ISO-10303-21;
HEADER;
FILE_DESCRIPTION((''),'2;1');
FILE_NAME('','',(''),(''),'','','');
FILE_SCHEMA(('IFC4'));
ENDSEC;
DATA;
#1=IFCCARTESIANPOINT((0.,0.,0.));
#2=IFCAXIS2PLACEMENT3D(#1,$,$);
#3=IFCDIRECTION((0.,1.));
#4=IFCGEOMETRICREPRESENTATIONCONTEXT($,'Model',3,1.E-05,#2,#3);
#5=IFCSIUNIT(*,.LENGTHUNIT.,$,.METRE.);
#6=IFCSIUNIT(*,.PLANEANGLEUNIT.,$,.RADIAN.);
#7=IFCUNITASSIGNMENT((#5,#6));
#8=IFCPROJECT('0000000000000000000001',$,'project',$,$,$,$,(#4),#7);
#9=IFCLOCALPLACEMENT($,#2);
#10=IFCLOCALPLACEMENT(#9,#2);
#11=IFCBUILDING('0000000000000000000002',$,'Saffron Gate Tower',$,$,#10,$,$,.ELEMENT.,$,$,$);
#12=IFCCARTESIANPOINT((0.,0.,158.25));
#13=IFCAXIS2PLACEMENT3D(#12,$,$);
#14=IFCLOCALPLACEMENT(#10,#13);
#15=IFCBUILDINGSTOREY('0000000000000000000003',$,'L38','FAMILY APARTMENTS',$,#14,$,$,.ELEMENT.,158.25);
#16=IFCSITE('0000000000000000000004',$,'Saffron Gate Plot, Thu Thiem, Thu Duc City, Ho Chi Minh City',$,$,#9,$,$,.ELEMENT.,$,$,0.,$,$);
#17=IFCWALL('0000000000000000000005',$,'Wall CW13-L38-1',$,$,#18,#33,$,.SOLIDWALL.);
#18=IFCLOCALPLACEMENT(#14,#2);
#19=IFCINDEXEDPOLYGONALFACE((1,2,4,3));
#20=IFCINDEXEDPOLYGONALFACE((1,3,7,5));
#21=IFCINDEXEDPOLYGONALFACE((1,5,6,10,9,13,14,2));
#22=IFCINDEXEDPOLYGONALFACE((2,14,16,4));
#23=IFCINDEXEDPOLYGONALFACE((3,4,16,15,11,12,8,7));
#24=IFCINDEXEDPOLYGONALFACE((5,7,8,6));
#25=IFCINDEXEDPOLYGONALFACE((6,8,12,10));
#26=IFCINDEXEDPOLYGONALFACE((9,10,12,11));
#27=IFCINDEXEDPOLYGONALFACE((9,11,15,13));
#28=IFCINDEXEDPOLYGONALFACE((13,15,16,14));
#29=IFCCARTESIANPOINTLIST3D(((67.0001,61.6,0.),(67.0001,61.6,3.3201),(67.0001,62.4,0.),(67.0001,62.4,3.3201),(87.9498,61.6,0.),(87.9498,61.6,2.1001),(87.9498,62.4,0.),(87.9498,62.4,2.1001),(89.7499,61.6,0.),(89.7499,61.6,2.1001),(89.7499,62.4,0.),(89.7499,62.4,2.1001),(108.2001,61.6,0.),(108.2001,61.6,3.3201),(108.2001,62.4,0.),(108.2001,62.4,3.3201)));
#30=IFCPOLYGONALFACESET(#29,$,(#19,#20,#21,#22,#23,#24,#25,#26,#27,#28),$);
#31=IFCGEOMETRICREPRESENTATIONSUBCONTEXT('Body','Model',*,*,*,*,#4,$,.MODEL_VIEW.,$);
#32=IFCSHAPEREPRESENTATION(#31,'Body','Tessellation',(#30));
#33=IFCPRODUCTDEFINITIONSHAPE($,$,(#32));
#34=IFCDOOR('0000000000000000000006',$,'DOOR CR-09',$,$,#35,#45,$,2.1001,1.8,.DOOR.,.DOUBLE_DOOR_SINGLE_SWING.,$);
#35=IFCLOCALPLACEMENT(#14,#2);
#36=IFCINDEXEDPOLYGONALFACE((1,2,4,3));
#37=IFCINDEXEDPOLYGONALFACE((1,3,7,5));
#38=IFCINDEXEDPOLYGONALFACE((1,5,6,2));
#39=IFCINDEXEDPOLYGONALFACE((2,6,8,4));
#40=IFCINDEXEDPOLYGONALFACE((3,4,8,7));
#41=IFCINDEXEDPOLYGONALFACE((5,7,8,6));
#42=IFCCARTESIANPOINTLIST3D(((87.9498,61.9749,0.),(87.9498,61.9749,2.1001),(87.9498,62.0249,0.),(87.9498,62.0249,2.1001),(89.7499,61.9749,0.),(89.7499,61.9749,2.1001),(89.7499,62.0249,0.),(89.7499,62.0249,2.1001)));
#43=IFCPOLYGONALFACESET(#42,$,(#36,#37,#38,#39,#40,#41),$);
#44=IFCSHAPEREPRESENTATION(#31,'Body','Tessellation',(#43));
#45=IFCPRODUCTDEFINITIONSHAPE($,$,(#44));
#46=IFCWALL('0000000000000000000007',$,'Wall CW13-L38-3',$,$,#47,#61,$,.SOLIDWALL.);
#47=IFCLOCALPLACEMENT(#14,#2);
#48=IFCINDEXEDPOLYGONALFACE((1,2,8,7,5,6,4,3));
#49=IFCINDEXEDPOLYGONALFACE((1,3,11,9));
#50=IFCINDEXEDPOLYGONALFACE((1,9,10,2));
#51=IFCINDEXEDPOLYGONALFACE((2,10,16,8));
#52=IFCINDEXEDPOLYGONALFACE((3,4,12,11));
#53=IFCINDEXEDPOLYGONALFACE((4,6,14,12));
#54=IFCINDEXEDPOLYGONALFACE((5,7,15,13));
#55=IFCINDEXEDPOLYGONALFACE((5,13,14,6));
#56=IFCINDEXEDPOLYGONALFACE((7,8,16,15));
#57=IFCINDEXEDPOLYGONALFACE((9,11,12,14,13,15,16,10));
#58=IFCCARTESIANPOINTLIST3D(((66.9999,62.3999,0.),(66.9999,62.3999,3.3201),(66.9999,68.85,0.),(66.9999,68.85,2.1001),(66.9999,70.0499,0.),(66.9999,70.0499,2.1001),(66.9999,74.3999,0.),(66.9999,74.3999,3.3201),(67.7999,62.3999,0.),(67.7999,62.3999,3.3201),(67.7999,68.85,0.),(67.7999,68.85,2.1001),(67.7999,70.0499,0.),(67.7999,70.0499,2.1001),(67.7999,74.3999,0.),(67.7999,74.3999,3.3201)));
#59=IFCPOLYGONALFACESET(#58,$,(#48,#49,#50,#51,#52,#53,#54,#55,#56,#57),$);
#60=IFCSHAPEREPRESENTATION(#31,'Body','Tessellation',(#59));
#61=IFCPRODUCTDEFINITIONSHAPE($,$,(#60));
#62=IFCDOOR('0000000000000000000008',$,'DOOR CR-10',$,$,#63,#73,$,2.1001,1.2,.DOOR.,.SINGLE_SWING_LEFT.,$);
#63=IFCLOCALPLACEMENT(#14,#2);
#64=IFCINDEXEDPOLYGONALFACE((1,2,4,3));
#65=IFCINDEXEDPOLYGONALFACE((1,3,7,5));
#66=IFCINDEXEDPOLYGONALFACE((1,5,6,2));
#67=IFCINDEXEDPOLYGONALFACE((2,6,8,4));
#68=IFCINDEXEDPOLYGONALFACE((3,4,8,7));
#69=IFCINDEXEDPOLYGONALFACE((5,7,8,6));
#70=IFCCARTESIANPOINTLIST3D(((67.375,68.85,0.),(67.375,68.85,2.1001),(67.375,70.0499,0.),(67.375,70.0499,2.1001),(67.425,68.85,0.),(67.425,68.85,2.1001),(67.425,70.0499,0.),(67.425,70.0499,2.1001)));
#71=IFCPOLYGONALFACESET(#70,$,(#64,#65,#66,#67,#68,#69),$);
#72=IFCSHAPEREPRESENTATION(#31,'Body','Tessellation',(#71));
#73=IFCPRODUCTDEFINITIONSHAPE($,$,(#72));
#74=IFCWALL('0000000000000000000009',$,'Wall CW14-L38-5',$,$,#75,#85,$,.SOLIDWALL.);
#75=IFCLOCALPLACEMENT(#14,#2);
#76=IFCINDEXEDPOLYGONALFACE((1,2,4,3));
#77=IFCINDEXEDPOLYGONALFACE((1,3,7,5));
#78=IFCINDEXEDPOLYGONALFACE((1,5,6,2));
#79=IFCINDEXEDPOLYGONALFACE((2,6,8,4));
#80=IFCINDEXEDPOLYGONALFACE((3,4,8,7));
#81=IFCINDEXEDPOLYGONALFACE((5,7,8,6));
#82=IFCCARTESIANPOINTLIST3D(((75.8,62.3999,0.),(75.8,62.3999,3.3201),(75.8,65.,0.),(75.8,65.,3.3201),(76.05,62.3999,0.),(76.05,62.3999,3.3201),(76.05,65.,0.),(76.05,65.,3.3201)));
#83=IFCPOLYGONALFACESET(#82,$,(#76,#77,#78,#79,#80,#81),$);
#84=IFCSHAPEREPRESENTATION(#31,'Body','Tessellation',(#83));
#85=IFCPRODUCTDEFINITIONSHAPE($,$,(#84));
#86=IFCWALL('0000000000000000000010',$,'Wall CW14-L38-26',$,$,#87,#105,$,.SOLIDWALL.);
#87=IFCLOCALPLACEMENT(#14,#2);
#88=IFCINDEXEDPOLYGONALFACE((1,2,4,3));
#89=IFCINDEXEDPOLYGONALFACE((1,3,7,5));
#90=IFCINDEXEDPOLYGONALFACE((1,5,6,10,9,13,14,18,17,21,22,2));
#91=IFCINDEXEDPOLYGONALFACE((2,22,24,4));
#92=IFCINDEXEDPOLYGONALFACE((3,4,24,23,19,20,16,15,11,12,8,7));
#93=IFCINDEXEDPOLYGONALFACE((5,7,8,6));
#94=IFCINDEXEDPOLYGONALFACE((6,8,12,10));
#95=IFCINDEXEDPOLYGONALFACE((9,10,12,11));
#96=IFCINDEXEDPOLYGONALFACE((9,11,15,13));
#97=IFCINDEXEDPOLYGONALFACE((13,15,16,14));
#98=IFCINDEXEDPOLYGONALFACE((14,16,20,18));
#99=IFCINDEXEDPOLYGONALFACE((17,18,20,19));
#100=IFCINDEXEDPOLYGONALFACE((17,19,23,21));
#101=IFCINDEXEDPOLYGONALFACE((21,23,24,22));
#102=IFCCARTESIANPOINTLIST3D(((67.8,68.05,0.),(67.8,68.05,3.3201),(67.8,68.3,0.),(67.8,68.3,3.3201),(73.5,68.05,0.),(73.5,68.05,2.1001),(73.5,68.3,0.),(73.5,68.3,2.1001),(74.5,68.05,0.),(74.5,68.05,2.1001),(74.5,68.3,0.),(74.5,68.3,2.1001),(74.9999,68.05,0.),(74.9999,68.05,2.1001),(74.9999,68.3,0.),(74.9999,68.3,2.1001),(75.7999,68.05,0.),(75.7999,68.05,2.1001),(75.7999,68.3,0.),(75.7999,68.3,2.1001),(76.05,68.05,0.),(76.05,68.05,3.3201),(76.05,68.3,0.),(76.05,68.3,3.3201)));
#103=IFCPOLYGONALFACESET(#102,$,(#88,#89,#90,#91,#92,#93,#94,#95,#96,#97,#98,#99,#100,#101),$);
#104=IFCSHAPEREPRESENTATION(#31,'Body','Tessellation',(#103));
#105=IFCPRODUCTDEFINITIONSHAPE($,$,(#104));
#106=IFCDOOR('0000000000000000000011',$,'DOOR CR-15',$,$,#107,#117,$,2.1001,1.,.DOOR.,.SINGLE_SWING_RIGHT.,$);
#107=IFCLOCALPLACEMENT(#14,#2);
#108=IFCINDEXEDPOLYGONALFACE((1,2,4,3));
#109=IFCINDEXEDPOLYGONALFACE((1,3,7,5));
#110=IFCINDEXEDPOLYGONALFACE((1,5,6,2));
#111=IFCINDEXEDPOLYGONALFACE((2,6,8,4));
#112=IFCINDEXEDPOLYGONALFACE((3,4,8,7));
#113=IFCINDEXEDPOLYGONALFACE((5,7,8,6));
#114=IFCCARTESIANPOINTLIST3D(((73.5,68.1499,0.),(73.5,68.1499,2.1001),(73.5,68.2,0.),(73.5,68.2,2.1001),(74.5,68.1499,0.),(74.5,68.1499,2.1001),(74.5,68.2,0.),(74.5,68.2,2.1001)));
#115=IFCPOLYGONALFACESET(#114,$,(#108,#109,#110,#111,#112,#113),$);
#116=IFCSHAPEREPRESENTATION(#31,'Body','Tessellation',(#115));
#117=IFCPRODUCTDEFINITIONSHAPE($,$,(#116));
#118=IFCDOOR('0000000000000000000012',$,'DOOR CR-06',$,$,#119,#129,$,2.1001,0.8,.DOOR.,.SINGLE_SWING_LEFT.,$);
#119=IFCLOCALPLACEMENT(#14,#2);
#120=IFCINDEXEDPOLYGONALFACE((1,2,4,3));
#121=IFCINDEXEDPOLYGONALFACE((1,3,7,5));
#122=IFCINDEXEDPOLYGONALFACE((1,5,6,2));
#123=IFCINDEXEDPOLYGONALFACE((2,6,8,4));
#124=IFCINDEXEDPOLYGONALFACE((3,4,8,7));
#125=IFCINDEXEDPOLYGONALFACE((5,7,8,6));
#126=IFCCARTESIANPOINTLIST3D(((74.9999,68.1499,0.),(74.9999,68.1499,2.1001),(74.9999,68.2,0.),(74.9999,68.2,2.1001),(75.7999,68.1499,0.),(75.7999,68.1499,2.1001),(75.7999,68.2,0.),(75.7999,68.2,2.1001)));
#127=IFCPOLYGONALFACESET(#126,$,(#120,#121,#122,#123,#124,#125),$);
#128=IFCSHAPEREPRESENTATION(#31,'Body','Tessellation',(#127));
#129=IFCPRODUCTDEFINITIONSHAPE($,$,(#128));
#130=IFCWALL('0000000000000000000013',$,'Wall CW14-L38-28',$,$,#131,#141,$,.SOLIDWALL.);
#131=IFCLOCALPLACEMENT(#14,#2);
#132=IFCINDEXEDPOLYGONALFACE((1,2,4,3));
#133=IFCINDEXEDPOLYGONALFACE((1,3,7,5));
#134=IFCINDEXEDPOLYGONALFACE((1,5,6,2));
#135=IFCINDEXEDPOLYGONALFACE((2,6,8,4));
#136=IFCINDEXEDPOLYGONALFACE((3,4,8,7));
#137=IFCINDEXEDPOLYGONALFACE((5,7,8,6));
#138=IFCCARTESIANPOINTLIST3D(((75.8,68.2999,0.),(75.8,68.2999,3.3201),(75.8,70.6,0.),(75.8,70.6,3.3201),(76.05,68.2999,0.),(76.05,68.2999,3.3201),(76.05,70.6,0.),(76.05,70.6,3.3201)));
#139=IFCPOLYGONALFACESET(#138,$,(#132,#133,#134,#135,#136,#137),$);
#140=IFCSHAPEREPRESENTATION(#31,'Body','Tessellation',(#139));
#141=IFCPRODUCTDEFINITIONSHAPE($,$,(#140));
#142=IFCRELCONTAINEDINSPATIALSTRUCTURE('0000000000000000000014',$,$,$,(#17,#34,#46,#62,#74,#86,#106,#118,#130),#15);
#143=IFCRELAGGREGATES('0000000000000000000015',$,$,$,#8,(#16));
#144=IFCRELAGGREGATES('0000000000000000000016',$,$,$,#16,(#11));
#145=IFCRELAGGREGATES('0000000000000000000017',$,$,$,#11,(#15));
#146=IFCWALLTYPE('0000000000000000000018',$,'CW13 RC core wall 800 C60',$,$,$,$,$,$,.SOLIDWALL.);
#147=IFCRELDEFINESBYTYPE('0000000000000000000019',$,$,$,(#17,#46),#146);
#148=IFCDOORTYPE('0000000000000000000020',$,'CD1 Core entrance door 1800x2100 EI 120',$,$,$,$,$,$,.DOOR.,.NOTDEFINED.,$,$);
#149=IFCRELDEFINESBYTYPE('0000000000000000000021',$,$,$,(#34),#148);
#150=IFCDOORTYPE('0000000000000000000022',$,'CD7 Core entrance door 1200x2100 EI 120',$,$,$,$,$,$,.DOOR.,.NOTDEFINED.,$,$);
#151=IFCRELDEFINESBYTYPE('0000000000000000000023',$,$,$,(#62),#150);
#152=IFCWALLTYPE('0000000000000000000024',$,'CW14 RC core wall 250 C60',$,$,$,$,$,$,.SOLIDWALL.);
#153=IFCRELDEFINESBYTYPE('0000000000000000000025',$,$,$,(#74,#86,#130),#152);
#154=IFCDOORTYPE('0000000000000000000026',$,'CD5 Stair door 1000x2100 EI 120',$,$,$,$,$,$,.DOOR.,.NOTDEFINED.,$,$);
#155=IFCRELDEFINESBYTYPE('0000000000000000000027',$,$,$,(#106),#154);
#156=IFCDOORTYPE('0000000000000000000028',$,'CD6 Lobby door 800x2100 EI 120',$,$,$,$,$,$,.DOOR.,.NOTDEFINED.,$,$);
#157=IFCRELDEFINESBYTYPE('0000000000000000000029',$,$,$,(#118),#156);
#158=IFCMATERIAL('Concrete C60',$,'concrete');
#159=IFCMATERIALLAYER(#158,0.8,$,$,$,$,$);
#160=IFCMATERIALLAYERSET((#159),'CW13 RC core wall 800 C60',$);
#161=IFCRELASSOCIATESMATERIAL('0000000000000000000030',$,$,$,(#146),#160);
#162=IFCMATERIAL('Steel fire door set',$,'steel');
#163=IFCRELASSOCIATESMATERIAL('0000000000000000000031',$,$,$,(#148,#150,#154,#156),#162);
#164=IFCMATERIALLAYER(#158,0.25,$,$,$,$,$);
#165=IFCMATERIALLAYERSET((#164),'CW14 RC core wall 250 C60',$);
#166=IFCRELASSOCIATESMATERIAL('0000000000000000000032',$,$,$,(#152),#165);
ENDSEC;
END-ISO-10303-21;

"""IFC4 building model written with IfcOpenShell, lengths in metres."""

from ifc_helpers import new_model, si_unit, direction, frame, frame_2d, origin, place, context, subcontext, project, spatial, rectangle, extrude, material, layer, layer_set, type_object, element, fill, save


model = new_model("IFC4")

# Units and contexts
model_context = context("Model", 3, precision=1e-05, world=origin(), true_north=direction((0.0, 1.0)))
body_context = subcontext(model_context, "Body", "Model", "MODEL_VIEW")
ifc_project = project(units=[si_unit("LENGTHUNIT", "METRE"), si_unit("PLANEANGLEUNIT", "RADIAN")], contexts=[model_context])

# Site, building, storey
site_placement = place(None, origin())
site = spatial("IfcSite", under=ifc_project, at=site_placement, Name="Saffron Gate Plot, Thu Thiem, Thu Duc City, Ho Chi Minh City", CompositionType="ELEMENT", RefElevation=0.0)
building_placement = place(site_placement, origin())
building = spatial("IfcBuilding", under=site, at=building_placement, Name="Saffron Gate Tower", CompositionType="ELEMENT")
storey_placement = place(building_placement, frame((0.0, 0.0, 158.25)))
storey = spatial("IfcBuildingStorey", under=building, at=storey_placement, Name="L38", Description="FAMILY APARTMENTS", CompositionType="ELEMENT", Elevation=158.25)

# Walls, openings, doors
ifc_material_1 = material(Name="Concrete C60", Category="concrete")
ifc_layer_1 = layer(ifc_material_1, 0.8)
ifc_layer_set_1 = layer_set([ifc_layer_1], Name="CW13 RC core wall 800 C60")
wall_type_1 = type_object("IfcWallType", Name="CW13 RC core wall 800 C60", PredefinedType="SOLIDWALL", material=ifc_layer_set_1)
wall_1_placement = place(storey_placement, frame((67.0, 62.0, 0.0), z_axis=(0.0, 0.0, 1.0), x_axis=(1.0, 0.0, 0.0)))
wall_1 = element("IfcWall", 1, at=wall_1_placement, inside=storey, type_object=wall_type_1, Name="Wall CW13-L38-1", PredefinedType="SOLIDWALL", context=body_context, shape_type="SweptSolid", body=[
    extrude(rectangle(XDim=41.2, YDim=0.8, at=frame_2d((20.6001, 0.0))), origin(), (0.0, 0.0, 1.0), 3.3201),
])
opening_1_placement = place(wall_1_placement, frame((20.95, 0.0, 0.0)))
opening_1 = element("IfcOpeningElement", 2, at=opening_1_placement, cuts=wall_1, PredefinedType="OPENING", context=body_context, shape_type="SweptSolid", body=[
    extrude(rectangle(XDim=1.8, YDim=2.1001, at=frame_2d((0.8999, 1.05))), frame((0.0, 0.4102, 0.0), z_axis=(0.0, -1.0, 0.0), x_axis=(1.0, 0.0, 0.0)), (0.0, 0.0, 1.0), 0.8201),
])
ifc_material_2 = material(Name="Steel fire door set", Category="steel")
door_type_1 = type_object("IfcDoorType", Name="CD1 Core entrance door 1800x2100 EI 120", OperationType="NOTDEFINED", PredefinedType="DOOR", material=ifc_material_2)
door_1_placement = place(opening_1_placement, origin())
door_1 = element("IfcDoor", 3, at=door_1_placement, inside=storey, type_object=door_type_1, Name="DOOR CR-09", OperationType="DOUBLE_DOOR_SINGLE_SWING", OverallHeight=2.1001, OverallWidth=1.8, PredefinedType="DOOR", context=body_context, shape_type="SweptSolid", body=[
    extrude(rectangle(XDim=1.8, YDim=2.1001, at=frame_2d((0.8999, 1.05))), frame((0.0, 0.0249, 0.0), z_axis=(0.0, -1.0, 0.0), x_axis=(1.0, 0.0, 0.0)), (0.0, 0.0, 1.0), 0.05),
])
fill(opening_1, door_1)
wall_2_placement = place(storey_placement, frame((67.3999, 62.3999, 0.0), z_axis=(0.0, 0.0, 1.0), x_axis=(0.0, 1.0, 0.0)))
wall_2 = element("IfcWall", 4, at=wall_2_placement, inside=storey, type_object=wall_type_1, Name="Wall CW13-L38-3", PredefinedType="SOLIDWALL", context=body_context, shape_type="SweptSolid", body=[
    extrude(rectangle(XDim=12.0, YDim=0.8, at=frame_2d((6.0, 0.0))), origin(), (0.0, 0.0, 1.0), 3.3201),
])
opening_2_placement = place(wall_2_placement, frame((6.45, 0.0, 0.0)))
opening_2 = element("IfcOpeningElement", 5, at=opening_2_placement, cuts=wall_2, PredefinedType="OPENING", context=body_context, shape_type="SweptSolid", body=[
    extrude(rectangle(XDim=1.2, YDim=2.1001, at=frame_2d((0.6001, 1.05))), frame((0.0, 0.4102, 0.0), z_axis=(0.0, -1.0, 0.0), x_axis=(1.0, 0.0, 0.0)), (0.0, 0.0, 1.0), 0.8201),
])
door_type_2 = type_object("IfcDoorType", Name="CD7 Core entrance door 1200x2100 EI 120", OperationType="NOTDEFINED", PredefinedType="DOOR", material=ifc_material_2)
door_2_placement = place(opening_2_placement, origin())
door_2 = element("IfcDoor", 6, at=door_2_placement, inside=storey, type_object=door_type_2, Name="DOOR CR-10", OperationType="SINGLE_SWING_LEFT", OverallHeight=2.1001, OverallWidth=1.2, PredefinedType="DOOR", context=body_context, shape_type="SweptSolid", body=[
    extrude(rectangle(XDim=1.2, YDim=2.1001, at=frame_2d((0.6001, 1.05))), frame((0.0, 0.0249, 0.0), z_axis=(0.0, -1.0, 0.0), x_axis=(1.0, 0.0, 0.0)), (0.0, 0.0, 1.0), 0.05),
])
fill(opening_2, door_2)

# Wall
ifc_layer_2 = layer(ifc_material_1, 0.25)
ifc_layer_set_2 = layer_set([ifc_layer_2], Name="CW14 RC core wall 250 C60")
wall_type_2 = type_object("IfcWallType", Name="CW14 RC core wall 250 C60", PredefinedType="SOLIDWALL", material=ifc_layer_set_2)
wall_3_placement = place(storey_placement, frame((75.925, 62.3999, 0.0), z_axis=(0.0, 0.0, 1.0), x_axis=(0.0, 1.0, 0.0)))
element("IfcWall", 7, at=wall_3_placement, inside=storey, type_object=wall_type_2, Name="Wall CW14-L38-5", PredefinedType="SOLIDWALL", context=body_context, shape_type="SweptSolid", body=[
    extrude(rectangle(XDim=2.6001, YDim=0.25, at=frame_2d((1.3, 0.0))), origin(), (0.0, 0.0, 1.0), 3.3201),
])

# Wall, openings, doors
wall_4_placement = place(storey_placement, frame((67.8, 68.175, 0.0), z_axis=(0.0, 0.0, 1.0), x_axis=(1.0, 0.0, 0.0)))
wall_4 = element("IfcWall", 8, at=wall_4_placement, inside=storey, type_object=wall_type_2, Name="Wall CW14-L38-26", PredefinedType="SOLIDWALL", context=body_context, shape_type="SweptSolid", body=[
    extrude(rectangle(XDim=8.25, YDim=0.25, at=frame_2d((4.125, 0.0))), origin(), (0.0, 0.0, 1.0), 3.3201),
])
opening_3_placement = place(wall_4_placement, frame((5.7, 0.0, 0.0)))
opening_3 = element("IfcOpeningElement", 9, at=opening_3_placement, cuts=wall_4, PredefinedType="OPENING", context=body_context, shape_type="SweptSolid", body=[
    extrude(rectangle(XDim=1.0, YDim=2.1001, at=frame_2d((0.5, 1.05))), frame((0.0, 0.135, 0.0), z_axis=(0.0, -1.0, 0.0), x_axis=(1.0, 0.0, 0.0)), (0.0, 0.0, 1.0), 0.27),
])
opening_4_placement = place(wall_4_placement, frame((7.2, 0.0, 0.0)))
opening_4 = element("IfcOpeningElement", 10, at=opening_4_placement, cuts=wall_4, PredefinedType="OPENING", context=body_context, shape_type="SweptSolid", body=[
    extrude(rectangle(XDim=0.8, YDim=2.1001, at=frame_2d((0.3999, 1.05))), frame((0.0, 0.135, 0.0), z_axis=(0.0, -1.0, 0.0), x_axis=(1.0, 0.0, 0.0)), (0.0, 0.0, 1.0), 0.27),
])
door_type_3 = type_object("IfcDoorType", Name="CD5 Stair door 1000x2100 EI 120", OperationType="NOTDEFINED", PredefinedType="DOOR", material=ifc_material_2)
door_3_placement = place(opening_3_placement, origin())
door_3 = element("IfcDoor", 11, at=door_3_placement, inside=storey, type_object=door_type_3, Name="DOOR CR-15", OperationType="SINGLE_SWING_RIGHT", OverallHeight=2.1001, OverallWidth=1.0, PredefinedType="DOOR", context=body_context, shape_type="SweptSolid", body=[
    extrude(rectangle(XDim=1.0, YDim=2.1001, at=frame_2d((0.5, 1.05))), frame((0.0, 0.0249, 0.0), z_axis=(0.0, -1.0, 0.0), x_axis=(1.0, 0.0, 0.0)), (0.0, 0.0, 1.0), 0.05),
])
fill(opening_3, door_3)
door_type_4 = type_object("IfcDoorType", Name="CD6 Lobby door 800x2100 EI 120", OperationType="NOTDEFINED", PredefinedType="DOOR", material=ifc_material_2)
door_4_placement = place(opening_4_placement, origin())
door_4 = element("IfcDoor", 12, at=door_4_placement, inside=storey, type_object=door_type_4, Name="DOOR CR-06", OperationType="SINGLE_SWING_LEFT", OverallHeight=2.1001, OverallWidth=0.8, PredefinedType="DOOR", context=body_context, shape_type="SweptSolid", body=[
    extrude(rectangle(XDim=0.8, YDim=2.1001, at=frame_2d((0.3999, 1.05))), frame((0.0, 0.0249, 0.0), z_axis=(0.0, -1.0, 0.0), x_axis=(1.0, 0.0, 0.0)), (0.0, 0.0, 1.0), 0.05),
])
fill(opening_4, door_4)

# Wall
wall_5_placement = place(storey_placement, frame((75.925, 68.3, 0.0), z_axis=(0.0, 0.0, 1.0), x_axis=(0.0, 1.0, 0.0)))
element("IfcWall", 13, at=wall_5_placement, inside=storey, type_object=wall_type_2, Name="Wall CW14-L38-28", PredefinedType="SOLIDWALL", context=body_context, shape_type="SweptSolid", body=[
    extrude(rectangle(XDim=2.3, YDim=0.25, at=frame_2d((1.1499, 0.0))), origin(), (0.0, 0.0, 1.0), 3.3201),
])

save(model, "model.ifc")
